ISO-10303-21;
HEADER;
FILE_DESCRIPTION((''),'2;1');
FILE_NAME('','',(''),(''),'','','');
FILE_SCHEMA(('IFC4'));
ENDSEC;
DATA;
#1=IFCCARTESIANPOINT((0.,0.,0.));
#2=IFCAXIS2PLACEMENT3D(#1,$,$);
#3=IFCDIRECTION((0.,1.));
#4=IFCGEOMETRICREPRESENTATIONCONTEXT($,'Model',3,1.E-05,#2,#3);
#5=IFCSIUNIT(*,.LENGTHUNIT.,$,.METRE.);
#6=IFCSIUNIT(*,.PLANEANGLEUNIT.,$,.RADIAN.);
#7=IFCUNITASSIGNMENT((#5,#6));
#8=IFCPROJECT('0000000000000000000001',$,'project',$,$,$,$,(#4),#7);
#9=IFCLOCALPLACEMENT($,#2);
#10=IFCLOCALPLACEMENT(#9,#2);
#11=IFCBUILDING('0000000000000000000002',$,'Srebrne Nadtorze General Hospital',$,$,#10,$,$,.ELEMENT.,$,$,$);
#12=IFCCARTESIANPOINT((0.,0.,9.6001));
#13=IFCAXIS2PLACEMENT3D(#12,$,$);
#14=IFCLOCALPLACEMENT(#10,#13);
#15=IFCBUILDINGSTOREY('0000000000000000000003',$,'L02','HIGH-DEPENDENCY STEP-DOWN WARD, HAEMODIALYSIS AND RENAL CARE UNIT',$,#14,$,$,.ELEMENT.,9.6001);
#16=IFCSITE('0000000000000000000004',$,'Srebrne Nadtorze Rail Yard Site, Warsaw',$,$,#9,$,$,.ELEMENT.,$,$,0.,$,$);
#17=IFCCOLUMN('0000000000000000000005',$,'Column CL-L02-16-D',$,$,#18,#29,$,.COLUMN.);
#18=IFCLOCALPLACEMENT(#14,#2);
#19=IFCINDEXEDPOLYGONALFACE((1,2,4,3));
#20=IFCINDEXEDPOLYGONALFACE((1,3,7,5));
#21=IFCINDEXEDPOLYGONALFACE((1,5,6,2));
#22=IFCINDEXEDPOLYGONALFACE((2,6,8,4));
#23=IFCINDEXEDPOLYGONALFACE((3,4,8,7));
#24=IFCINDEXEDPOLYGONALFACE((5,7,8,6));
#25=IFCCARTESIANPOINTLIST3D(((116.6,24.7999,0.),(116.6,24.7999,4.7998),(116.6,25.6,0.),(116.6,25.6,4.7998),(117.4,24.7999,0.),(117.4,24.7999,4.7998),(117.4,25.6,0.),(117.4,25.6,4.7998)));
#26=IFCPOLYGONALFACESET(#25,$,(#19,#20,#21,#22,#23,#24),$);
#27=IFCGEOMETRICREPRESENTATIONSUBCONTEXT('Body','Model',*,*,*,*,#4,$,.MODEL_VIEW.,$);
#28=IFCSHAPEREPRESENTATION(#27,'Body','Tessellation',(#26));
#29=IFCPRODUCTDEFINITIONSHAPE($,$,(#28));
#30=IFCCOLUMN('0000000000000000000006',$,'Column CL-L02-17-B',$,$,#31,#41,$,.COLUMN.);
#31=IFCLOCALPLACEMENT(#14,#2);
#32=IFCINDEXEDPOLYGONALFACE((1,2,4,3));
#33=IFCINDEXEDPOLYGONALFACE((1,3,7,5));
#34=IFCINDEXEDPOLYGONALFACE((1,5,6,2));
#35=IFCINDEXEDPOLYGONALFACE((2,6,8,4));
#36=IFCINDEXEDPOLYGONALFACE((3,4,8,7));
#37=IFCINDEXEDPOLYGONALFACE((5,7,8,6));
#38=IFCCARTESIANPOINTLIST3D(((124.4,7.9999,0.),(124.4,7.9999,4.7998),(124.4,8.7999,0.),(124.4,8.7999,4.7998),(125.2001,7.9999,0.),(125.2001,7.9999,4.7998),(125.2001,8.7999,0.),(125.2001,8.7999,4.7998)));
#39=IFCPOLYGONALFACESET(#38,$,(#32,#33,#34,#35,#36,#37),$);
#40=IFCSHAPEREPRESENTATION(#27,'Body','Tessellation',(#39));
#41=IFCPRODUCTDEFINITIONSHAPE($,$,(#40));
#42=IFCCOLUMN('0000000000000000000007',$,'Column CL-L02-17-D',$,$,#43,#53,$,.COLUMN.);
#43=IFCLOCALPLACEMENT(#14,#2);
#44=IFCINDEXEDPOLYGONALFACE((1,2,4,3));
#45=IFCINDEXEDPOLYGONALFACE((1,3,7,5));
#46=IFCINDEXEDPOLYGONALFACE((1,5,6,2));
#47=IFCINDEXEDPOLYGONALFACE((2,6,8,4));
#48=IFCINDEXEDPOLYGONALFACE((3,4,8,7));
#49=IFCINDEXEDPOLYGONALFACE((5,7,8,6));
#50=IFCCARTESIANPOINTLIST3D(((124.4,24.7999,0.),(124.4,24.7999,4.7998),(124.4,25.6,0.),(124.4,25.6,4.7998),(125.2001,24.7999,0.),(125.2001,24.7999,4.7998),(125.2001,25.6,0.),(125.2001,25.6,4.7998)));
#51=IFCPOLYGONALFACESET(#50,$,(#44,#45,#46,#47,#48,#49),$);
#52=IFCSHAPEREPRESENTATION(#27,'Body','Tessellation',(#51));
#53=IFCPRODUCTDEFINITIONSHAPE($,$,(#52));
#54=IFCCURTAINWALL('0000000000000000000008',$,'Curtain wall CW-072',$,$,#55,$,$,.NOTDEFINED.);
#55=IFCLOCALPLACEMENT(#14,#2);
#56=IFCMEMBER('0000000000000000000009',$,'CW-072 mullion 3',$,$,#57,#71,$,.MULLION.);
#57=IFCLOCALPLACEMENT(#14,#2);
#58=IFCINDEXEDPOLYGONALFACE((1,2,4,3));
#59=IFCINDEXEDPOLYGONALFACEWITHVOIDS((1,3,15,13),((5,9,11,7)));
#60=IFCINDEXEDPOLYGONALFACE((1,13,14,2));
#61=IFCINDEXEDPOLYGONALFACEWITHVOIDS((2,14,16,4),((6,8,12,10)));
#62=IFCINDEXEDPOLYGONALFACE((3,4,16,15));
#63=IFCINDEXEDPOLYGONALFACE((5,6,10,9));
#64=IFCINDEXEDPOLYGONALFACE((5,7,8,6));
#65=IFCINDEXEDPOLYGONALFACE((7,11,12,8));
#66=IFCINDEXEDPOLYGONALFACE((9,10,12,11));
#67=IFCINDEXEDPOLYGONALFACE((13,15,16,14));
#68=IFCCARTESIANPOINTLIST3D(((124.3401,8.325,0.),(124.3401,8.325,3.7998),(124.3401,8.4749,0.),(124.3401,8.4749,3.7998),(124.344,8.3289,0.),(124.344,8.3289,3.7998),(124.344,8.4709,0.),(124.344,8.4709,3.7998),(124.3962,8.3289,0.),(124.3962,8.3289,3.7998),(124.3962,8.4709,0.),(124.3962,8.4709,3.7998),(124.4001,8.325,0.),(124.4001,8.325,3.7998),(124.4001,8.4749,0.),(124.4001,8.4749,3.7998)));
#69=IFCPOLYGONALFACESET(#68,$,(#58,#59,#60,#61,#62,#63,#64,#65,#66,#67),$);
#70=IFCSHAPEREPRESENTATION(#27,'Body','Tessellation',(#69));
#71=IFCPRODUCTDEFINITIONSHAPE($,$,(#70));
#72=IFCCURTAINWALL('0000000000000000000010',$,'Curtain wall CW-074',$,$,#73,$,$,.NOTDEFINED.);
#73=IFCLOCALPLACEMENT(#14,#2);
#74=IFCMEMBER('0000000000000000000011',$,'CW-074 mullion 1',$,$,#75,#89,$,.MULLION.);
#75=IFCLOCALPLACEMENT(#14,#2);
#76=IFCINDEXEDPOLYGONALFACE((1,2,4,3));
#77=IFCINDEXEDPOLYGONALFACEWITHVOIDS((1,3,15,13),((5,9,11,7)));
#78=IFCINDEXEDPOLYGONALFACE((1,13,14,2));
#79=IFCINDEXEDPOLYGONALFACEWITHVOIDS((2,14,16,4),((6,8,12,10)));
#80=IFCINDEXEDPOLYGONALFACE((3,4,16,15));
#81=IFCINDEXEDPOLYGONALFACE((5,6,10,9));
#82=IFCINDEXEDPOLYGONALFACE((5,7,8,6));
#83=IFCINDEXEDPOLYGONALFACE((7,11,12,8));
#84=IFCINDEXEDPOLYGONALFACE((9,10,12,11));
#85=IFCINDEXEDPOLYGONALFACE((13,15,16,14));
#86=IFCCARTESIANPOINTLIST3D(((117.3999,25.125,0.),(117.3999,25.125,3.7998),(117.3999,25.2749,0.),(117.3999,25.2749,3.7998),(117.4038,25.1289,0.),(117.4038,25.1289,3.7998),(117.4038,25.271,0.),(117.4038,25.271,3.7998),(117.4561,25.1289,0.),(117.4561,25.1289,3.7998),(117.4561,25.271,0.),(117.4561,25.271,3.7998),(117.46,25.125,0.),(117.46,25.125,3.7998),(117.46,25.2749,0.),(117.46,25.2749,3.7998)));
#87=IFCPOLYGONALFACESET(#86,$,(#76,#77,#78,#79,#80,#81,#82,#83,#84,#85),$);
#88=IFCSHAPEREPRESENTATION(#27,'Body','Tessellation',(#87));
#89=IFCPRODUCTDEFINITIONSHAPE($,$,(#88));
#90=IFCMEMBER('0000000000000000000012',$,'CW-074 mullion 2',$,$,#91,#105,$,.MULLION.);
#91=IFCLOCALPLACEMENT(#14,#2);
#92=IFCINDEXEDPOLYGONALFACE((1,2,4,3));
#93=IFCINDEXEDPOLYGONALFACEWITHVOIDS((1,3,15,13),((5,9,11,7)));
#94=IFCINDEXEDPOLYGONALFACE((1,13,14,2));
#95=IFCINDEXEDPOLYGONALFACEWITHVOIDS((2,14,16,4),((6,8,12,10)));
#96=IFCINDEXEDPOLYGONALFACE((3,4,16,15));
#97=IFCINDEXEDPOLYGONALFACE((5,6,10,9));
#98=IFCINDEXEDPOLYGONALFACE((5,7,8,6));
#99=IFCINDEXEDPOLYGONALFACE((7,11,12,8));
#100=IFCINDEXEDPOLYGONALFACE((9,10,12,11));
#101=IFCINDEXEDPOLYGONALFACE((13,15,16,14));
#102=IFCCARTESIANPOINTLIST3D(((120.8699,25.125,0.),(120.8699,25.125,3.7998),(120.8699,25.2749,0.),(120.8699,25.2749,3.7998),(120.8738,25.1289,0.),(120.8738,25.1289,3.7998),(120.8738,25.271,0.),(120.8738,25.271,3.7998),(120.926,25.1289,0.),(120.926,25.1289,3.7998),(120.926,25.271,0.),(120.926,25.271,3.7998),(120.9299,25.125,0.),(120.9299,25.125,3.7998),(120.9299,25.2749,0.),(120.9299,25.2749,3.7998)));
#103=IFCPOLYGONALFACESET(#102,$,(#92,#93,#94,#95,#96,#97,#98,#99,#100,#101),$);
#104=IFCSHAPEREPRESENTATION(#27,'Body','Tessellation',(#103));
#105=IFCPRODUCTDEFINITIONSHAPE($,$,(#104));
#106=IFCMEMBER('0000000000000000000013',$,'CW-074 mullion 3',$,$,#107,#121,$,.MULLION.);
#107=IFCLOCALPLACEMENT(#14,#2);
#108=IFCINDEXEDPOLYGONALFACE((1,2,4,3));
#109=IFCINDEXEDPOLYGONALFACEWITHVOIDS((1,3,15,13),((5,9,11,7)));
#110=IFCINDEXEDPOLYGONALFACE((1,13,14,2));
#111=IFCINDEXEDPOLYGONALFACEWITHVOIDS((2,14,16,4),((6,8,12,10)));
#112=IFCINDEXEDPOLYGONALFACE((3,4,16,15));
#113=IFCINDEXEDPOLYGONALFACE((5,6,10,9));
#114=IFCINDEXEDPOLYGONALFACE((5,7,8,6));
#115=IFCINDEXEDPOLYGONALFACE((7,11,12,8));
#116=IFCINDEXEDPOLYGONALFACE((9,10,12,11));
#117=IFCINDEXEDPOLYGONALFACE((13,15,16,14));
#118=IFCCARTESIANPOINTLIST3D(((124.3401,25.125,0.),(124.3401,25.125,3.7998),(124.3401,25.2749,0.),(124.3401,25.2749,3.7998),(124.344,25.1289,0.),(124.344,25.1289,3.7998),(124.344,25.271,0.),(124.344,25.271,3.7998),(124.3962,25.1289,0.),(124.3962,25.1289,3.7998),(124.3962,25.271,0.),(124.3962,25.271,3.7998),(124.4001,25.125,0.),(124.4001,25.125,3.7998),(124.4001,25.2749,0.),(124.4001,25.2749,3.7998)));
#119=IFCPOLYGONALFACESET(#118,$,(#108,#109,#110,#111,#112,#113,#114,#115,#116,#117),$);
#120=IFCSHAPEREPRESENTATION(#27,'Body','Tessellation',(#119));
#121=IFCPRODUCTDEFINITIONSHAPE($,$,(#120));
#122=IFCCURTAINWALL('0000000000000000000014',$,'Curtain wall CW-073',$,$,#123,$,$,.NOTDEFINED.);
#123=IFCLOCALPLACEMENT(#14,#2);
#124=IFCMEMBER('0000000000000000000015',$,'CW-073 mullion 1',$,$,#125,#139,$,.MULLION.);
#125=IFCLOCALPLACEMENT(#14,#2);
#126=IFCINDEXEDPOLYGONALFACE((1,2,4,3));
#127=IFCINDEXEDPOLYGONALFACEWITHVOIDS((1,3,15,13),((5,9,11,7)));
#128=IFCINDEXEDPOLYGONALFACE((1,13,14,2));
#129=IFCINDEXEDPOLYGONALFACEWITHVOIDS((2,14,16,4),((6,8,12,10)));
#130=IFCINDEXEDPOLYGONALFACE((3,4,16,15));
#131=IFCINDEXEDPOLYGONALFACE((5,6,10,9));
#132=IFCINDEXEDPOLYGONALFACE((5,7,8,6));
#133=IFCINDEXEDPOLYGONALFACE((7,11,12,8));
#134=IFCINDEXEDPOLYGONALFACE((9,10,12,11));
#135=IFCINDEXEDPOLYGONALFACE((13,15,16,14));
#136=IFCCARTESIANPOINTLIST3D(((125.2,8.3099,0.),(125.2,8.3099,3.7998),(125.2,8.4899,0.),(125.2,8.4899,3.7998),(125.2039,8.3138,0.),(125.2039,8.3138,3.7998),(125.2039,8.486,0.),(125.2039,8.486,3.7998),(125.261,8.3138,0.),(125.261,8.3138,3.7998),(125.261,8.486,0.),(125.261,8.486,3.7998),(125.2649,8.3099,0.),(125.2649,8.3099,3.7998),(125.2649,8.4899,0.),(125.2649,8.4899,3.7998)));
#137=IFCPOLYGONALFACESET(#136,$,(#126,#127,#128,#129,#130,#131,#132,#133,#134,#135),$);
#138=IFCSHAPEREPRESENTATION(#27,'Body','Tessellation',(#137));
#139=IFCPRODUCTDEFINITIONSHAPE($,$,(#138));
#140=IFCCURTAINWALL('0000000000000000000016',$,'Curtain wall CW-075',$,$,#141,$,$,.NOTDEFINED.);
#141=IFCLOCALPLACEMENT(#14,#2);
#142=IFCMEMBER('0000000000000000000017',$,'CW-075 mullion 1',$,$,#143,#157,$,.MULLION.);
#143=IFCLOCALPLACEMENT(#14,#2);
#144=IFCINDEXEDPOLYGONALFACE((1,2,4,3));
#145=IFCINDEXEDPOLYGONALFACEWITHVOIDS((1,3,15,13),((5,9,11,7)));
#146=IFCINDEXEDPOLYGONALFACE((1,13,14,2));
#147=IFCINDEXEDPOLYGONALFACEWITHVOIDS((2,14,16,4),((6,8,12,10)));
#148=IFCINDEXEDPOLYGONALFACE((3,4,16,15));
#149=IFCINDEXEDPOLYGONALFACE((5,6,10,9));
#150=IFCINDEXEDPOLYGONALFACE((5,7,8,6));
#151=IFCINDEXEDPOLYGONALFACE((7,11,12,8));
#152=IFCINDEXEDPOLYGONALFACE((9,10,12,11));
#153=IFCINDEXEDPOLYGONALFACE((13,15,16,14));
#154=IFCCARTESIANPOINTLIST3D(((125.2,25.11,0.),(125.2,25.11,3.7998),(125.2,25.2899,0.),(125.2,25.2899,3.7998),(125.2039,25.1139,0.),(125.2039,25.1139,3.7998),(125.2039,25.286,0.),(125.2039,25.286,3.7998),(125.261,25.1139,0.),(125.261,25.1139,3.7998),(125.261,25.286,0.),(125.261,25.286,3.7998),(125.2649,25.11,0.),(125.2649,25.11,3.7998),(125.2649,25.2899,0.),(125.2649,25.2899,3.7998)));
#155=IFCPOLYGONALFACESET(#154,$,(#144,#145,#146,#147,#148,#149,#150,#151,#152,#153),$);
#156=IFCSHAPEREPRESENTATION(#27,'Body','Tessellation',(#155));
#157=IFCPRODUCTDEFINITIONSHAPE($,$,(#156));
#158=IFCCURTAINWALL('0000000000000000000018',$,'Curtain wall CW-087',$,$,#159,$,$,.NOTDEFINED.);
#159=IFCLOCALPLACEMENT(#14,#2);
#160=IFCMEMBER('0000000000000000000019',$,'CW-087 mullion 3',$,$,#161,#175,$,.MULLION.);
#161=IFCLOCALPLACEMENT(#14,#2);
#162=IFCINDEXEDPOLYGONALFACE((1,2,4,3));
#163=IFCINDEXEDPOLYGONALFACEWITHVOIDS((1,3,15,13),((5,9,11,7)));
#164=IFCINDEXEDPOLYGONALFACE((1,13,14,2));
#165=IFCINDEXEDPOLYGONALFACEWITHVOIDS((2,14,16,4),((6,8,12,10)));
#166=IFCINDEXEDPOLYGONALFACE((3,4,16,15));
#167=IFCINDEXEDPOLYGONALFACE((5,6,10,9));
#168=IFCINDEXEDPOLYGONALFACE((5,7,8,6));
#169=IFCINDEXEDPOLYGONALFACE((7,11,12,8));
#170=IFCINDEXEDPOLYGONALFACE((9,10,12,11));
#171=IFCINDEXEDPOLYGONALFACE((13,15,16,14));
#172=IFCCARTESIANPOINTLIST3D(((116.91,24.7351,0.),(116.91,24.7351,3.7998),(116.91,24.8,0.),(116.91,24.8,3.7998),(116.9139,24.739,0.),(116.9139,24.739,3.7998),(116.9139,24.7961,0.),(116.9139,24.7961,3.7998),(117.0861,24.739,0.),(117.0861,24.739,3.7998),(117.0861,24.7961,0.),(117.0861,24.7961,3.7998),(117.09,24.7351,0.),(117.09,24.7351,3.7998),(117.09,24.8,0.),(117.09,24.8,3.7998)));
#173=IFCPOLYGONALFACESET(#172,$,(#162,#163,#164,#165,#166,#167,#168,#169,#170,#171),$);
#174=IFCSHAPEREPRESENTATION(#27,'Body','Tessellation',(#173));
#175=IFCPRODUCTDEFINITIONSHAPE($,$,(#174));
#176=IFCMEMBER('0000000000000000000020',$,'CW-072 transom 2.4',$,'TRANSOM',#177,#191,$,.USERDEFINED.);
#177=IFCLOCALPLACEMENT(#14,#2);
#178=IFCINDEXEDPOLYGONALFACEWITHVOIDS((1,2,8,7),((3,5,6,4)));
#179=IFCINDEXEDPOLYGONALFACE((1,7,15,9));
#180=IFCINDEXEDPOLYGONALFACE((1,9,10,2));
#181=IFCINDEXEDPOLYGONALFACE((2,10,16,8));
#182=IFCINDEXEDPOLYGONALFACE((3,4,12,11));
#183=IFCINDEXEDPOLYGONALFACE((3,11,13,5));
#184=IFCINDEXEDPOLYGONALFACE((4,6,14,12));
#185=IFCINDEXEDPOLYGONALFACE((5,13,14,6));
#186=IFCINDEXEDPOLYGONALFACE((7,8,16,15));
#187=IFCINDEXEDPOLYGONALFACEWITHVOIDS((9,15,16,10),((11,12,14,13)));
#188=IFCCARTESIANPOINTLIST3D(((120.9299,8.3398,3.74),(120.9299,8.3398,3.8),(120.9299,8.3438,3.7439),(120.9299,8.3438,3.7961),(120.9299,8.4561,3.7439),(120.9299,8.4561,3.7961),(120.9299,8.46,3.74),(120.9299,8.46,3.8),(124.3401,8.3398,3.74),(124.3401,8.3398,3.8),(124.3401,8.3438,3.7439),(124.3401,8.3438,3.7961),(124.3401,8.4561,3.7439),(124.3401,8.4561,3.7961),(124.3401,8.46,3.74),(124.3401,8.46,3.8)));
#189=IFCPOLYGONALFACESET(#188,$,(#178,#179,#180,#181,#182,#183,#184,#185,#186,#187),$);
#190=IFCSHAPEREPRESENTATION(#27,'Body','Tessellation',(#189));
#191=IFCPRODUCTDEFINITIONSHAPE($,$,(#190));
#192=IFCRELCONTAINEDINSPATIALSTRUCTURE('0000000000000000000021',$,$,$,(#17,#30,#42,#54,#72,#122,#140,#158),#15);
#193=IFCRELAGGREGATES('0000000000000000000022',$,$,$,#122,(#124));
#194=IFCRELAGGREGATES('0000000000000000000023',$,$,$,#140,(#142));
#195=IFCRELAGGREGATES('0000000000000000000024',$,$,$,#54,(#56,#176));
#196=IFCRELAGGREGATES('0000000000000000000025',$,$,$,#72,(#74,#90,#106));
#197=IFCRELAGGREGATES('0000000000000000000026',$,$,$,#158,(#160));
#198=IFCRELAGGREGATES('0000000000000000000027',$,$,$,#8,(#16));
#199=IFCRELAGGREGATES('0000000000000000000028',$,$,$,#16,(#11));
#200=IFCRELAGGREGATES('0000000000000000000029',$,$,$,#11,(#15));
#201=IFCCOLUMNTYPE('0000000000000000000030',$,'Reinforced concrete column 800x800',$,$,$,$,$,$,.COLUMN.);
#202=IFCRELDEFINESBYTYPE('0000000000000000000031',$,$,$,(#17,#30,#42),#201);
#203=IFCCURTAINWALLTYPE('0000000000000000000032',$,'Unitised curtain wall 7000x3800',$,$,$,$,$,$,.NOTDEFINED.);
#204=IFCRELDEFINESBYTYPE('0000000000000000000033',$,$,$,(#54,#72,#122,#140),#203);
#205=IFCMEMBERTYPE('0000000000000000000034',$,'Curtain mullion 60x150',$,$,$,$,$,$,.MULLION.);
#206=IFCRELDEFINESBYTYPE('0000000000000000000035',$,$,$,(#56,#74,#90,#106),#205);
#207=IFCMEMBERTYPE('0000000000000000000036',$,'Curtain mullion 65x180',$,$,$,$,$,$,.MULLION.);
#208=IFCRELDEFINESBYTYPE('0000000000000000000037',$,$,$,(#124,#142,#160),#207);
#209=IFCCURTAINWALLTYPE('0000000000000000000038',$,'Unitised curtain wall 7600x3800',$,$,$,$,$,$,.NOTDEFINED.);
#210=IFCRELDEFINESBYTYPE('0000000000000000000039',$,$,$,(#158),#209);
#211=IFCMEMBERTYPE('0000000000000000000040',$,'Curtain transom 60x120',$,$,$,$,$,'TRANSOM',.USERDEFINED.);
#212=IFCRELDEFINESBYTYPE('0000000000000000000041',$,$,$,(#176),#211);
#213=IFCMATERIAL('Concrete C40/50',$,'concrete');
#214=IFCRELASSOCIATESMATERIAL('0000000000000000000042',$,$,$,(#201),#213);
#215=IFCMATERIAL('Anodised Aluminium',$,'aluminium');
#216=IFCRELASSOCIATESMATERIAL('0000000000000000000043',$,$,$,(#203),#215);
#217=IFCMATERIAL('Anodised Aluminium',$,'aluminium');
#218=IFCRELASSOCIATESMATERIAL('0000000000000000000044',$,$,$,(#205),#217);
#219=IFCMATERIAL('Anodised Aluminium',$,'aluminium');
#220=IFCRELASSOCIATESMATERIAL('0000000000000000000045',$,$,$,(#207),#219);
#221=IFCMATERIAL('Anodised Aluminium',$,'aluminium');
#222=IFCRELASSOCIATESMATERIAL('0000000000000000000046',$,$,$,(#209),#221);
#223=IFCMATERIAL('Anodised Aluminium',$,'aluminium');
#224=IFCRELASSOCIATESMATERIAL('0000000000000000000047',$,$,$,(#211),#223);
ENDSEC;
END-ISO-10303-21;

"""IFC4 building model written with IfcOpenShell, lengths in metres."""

from ifc_helpers import new_model, si_unit, direction, frame, origin, origin_2d, place, context, subcontext, project, spatial, rectangle, hollow_rectangle, extrude, material, material_profile, profile_set, type_object, element, aggregate, save


model = new_model("IFC4")

# Units and contexts
model_context = context("Model", 3, precision=1e-05, world=origin(), true_north=direction((0.0, 1.0)))
body_context = subcontext(model_context, "Body", "Model", "MODEL_VIEW")
ifc_project = project(units=[si_unit("LENGTHUNIT", "METRE"), si_unit("PLANEANGLEUNIT", "RADIAN")], contexts=[model_context])

# Site, building, storey
site_placement = place(None, origin())
site = spatial("IfcSite", under=ifc_project, at=site_placement, Name="Srebrne Nadtorze Rail Yard Site, Warsaw", CompositionType="ELEMENT", RefElevation=0.0)
building_placement = place(site_placement, origin())
building = spatial("IfcBuilding", under=site, at=building_placement, Name="Srebrne Nadtorze General Hospital", CompositionType="ELEMENT")
storey_placement = place(building_placement, frame((0.0, 0.0, 9.6001)))
storey = spatial("IfcBuildingStorey", under=building, at=storey_placement, Name="L02", Description="HIGH-DEPENDENCY STEP-DOWN WARD, HAEMODIALYSIS AND RENAL CARE UNIT", CompositionType="ELEMENT", Elevation=9.6001)

# Columns
ifc_material_1 = material(Name="Concrete C40/50", Category="concrete")
ifc_material_profile_1 = material_profile(ifc_material_1, rectangle(XDim=0.8, YDim=0.8, at=origin_2d()), Name="RC-COL-800x800")
ifc_profile_set_1 = profile_set([ifc_material_profile_1], Name="Concrete C40/50")
column_type = type_object("IfcColumnType", Name="Reinforced concrete column 800x800", PredefinedType="COLUMN", material=ifc_profile_set_1)
for number, where, z_axis, x_axis, name in (
    (1, (117.0, 25.2, 0.0), (0.0, 0.0, 1.0), (1.0, 0.0, 0.0), "Column CL-L02-16-D"),
    (2, (124.8, 8.3999, 0.0), (0.0, 0.0, 1.0), (1.0, 0.0, 0.0), "Column CL-L02-17-B"),
    (3, (124.8, 25.2, 0.0), (0.0, 0.0, 1.0), (1.0, 0.0, 0.0), "Column CL-L02-17-D"),
):
    element("IfcColumn", number, at=place(storey_placement, frame(where, z_axis=z_axis, x_axis=x_axis)), inside=storey, type_object=column_type, Name=name, PredefinedType="COLUMN", context=body_context, shape_type="SweptSolid", body=[
        extrude(rectangle(XDim=0.8, YDim=0.8, at=origin_2d()), origin(), (0.0, 0.0, 1.0), 4.7998),
    ])

# Curtain wall, member
ifc_material_2 = material(Name="Anodised Aluminium", Category="aluminium")
curtain_wall_type_1 = type_object("IfcCurtainWallType", Name="Unitised curtain wall 7000x3800", PredefinedType="NOTDEFINED", material=ifc_material_2)
curtain_wall_1_placement = place(storey_placement, origin())
curtain_wall_1 = element("IfcCurtainWall", 4, at=curtain_wall_1_placement, inside=storey, type_object=curtain_wall_type_1, Name="Curtain wall CW-072", PredefinedType="NOTDEFINED")
ifc_material_3 = material(Name="Anodised Aluminium", Category="aluminium")
ifc_material_profile_2 = material_profile(ifc_material_3, hollow_rectangle(XDim=0.0601, YDim=0.1499, WallThickness=0.0039, at=origin_2d()), Name="AL-MUL-60x150")
ifc_profile_set_2 = profile_set([ifc_material_profile_2], Name="Anodised Aluminium")
member_type_1 = type_object("IfcMemberType", Name="Curtain mullion 60x150", PredefinedType="MULLION", material=ifc_profile_set_2)
member_1_placement = place(storey_placement, frame((124.3701, 8.3999, 0.0), z_axis=(0.0, 0.0, 1.0), x_axis=(1.0, 0.0, 0.0)))
member_1 = element("IfcMember", 5, at=member_1_placement, type_object=member_type_1, Name="CW-072 mullion 3", PredefinedType="MULLION", context=body_context, shape_type="SweptSolid", body=[
    extrude(hollow_rectangle(XDim=0.0601, YDim=0.1499, WallThickness=0.0039, at=origin_2d()), origin(), (0.0, 0.0, 1.0), 3.7998),
])

# Curtain wall, members
curtain_wall_2_placement = place(storey_placement, origin())
curtain_wall_2 = element("IfcCurtainWall", 6, at=curtain_wall_2_placement, inside=storey, type_object=curtain_wall_type_1, Name="Curtain wall CW-074", PredefinedType="NOTDEFINED")
member_2_placement = place(storey_placement, frame((117.4299, 25.2, 0.0), z_axis=(0.0, 0.0, 1.0), x_axis=(1.0, 0.0, 0.0)))
member_2 = element("IfcMember", 7, at=member_2_placement, type_object=member_type_1, Name="CW-074 mullion 1", PredefinedType="MULLION", context=body_context, shape_type="SweptSolid", body=[
    extrude(hollow_rectangle(XDim=0.0601, YDim=0.1499, WallThickness=0.0039, at=origin_2d()), origin(), (0.0, 0.0, 1.0), 3.7998),
])
member_3_placement = place(storey_placement, frame((120.8999, 25.2, 0.0), z_axis=(0.0, 0.0, 1.0), x_axis=(1.0, 0.0, 0.0)))
member_3 = element("IfcMember", 8, at=member_3_placement, type_object=member_type_1, Name="CW-074 mullion 2", PredefinedType="MULLION", context=body_context, shape_type="SweptSolid", body=[
    extrude(hollow_rectangle(XDim=0.0601, YDim=0.1499, WallThickness=0.0039, at=origin_2d()), origin(), (0.0, 0.0, 1.0), 3.7998),
])
member_4_placement = place(storey_placement, frame((124.3701, 25.2, 0.0), z_axis=(0.0, 0.0, 1.0), x_axis=(1.0, 0.0, 0.0)))
member_4 = element("IfcMember", 9, at=member_4_placement, type_object=member_type_1, Name="CW-074 mullion 3", PredefinedType="MULLION", context=body_context, shape_type="SweptSolid", body=[
    extrude(hollow_rectangle(XDim=0.0601, YDim=0.1499, WallThickness=0.0039, at=origin_2d()), origin(), (0.0, 0.0, 1.0), 3.7998),
])

# Curtain walls, members
curtain_wall_3_placement = place(storey_placement, origin())
curtain_wall_3 = element("IfcCurtainWall", 10, at=curtain_wall_3_placement, inside=storey, type_object=curtain_wall_type_1, Name="Curtain wall CW-073", PredefinedType="NOTDEFINED")
ifc_material_4 = material(Name="Anodised Aluminium", Category="aluminium")
ifc_material_profile_3 = material_profile(ifc_material_4, hollow_rectangle(XDim=0.0649, YDim=0.1799, WallThickness=0.0039, at=origin_2d()), Name="AL-MUL-65x180")
ifc_profile_set_3 = profile_set([ifc_material_profile_3], Name="Anodised Aluminium")
member_type_2 = type_object("IfcMemberType", Name="Curtain mullion 65x180", PredefinedType="MULLION", material=ifc_profile_set_3)
member_5_placement = place(storey_placement, frame((125.2324, 8.3999, 0.0), z_axis=(0.0, 0.0, 1.0), x_axis=(1.0, 0.0, 0.0)))
member_5 = element("IfcMember", 11, at=member_5_placement, type_object=member_type_2, Name="CW-073 mullion 1", PredefinedType="MULLION", context=body_context, shape_type="SweptSolid", body=[
    extrude(hollow_rectangle(XDim=0.0649, YDim=0.1799, WallThickness=0.0039, at=origin_2d()), origin(), (0.0, 0.0, 1.0), 3.7998),
])
aggregate(curtain_wall_3, [member_5])
curtain_wall_4_placement = place(storey_placement, origin())
curtain_wall_4 = element("IfcCurtainWall", 12, at=curtain_wall_4_placement, inside=storey, type_object=curtain_wall_type_1, Name="Curtain wall CW-075", PredefinedType="NOTDEFINED")
member_6_placement = place(storey_placement, frame((125.2324, 25.2, 0.0), z_axis=(0.0, 0.0, 1.0), x_axis=(1.0, 0.0, 0.0)))
member_6 = element("IfcMember", 13, at=member_6_placement, type_object=member_type_2, Name="CW-075 mullion 1", PredefinedType="MULLION", context=body_context, shape_type="SweptSolid", body=[
    extrude(hollow_rectangle(XDim=0.0649, YDim=0.1799, WallThickness=0.0039, at=origin_2d()), origin(), (0.0, 0.0, 1.0), 3.7998),
])
aggregate(curtain_wall_4, [member_6])
ifc_material_5 = material(Name="Anodised Aluminium", Category="aluminium")
curtain_wall_type_2 = type_object("IfcCurtainWallType", Name="Unitised curtain wall 7600x3800", PredefinedType="NOTDEFINED", material=ifc_material_5)
curtain_wall_5_placement = place(storey_placement, origin())
curtain_wall_5 = element("IfcCurtainWall", 14, at=curtain_wall_5_placement, inside=storey, type_object=curtain_wall_type_2, Name="Curtain wall CW-087", PredefinedType="NOTDEFINED")
member_7_placement = place(storey_placement, frame((117.0, 24.7676, 0.0), z_axis=(0.0, 0.0, 1.0), x_axis=(0.0, 1.0, 0.0)))
member_7 = element("IfcMember", 15, at=member_7_placement, type_object=member_type_2, Name="CW-087 mullion 3", PredefinedType="MULLION", context=body_context, shape_type="SweptSolid", body=[
    extrude(hollow_rectangle(XDim=0.0649, YDim=0.1799, WallThickness=0.0039, at=origin_2d()), origin(), (0.0, 0.0, 1.0), 3.7998),
])

# Member
ifc_material_6 = material(Name="Anodised Aluminium", Category="aluminium")
ifc_material_profile_4 = material_profile(ifc_material_6, hollow_rectangle(XDim=0.0601, YDim=0.1201, WallThickness=0.0039, at=origin_2d()), Name="AL-TRN-60x120")
ifc_profile_set_4 = profile_set([ifc_material_profile_4], Name="Anodised Aluminium")
member_type_3 = type_object("IfcMemberType", Name="Curtain transom 60x120", ElementType="TRANSOM", PredefinedType="USERDEFINED", material=ifc_profile_set_4)
member_8_placement = place(storey_placement, frame((120.9299, 8.3999, 3.77), z_axis=(1.0, 0.0, 0.0), x_axis=(0.0, 0.0, 1.0)))
member_8 = element("IfcMember", 16, at=member_8_placement, type_object=member_type_3, Name="CW-072 transom 2.4", ObjectType="TRANSOM", PredefinedType="USERDEFINED", context=body_context, shape_type="SweptSolid", body=[
    extrude(hollow_rectangle(XDim=0.0601, YDim=0.1201, WallThickness=0.0039, at=origin_2d()), origin(), (0.0, 0.0, 1.0), 3.4102),
])

aggregate(curtain_wall_1, [member_1, member_8])
aggregate(curtain_wall_2, [member_2, member_3, member_4])
aggregate(curtain_wall_5, [member_7])

save(model, "model.ifc")
